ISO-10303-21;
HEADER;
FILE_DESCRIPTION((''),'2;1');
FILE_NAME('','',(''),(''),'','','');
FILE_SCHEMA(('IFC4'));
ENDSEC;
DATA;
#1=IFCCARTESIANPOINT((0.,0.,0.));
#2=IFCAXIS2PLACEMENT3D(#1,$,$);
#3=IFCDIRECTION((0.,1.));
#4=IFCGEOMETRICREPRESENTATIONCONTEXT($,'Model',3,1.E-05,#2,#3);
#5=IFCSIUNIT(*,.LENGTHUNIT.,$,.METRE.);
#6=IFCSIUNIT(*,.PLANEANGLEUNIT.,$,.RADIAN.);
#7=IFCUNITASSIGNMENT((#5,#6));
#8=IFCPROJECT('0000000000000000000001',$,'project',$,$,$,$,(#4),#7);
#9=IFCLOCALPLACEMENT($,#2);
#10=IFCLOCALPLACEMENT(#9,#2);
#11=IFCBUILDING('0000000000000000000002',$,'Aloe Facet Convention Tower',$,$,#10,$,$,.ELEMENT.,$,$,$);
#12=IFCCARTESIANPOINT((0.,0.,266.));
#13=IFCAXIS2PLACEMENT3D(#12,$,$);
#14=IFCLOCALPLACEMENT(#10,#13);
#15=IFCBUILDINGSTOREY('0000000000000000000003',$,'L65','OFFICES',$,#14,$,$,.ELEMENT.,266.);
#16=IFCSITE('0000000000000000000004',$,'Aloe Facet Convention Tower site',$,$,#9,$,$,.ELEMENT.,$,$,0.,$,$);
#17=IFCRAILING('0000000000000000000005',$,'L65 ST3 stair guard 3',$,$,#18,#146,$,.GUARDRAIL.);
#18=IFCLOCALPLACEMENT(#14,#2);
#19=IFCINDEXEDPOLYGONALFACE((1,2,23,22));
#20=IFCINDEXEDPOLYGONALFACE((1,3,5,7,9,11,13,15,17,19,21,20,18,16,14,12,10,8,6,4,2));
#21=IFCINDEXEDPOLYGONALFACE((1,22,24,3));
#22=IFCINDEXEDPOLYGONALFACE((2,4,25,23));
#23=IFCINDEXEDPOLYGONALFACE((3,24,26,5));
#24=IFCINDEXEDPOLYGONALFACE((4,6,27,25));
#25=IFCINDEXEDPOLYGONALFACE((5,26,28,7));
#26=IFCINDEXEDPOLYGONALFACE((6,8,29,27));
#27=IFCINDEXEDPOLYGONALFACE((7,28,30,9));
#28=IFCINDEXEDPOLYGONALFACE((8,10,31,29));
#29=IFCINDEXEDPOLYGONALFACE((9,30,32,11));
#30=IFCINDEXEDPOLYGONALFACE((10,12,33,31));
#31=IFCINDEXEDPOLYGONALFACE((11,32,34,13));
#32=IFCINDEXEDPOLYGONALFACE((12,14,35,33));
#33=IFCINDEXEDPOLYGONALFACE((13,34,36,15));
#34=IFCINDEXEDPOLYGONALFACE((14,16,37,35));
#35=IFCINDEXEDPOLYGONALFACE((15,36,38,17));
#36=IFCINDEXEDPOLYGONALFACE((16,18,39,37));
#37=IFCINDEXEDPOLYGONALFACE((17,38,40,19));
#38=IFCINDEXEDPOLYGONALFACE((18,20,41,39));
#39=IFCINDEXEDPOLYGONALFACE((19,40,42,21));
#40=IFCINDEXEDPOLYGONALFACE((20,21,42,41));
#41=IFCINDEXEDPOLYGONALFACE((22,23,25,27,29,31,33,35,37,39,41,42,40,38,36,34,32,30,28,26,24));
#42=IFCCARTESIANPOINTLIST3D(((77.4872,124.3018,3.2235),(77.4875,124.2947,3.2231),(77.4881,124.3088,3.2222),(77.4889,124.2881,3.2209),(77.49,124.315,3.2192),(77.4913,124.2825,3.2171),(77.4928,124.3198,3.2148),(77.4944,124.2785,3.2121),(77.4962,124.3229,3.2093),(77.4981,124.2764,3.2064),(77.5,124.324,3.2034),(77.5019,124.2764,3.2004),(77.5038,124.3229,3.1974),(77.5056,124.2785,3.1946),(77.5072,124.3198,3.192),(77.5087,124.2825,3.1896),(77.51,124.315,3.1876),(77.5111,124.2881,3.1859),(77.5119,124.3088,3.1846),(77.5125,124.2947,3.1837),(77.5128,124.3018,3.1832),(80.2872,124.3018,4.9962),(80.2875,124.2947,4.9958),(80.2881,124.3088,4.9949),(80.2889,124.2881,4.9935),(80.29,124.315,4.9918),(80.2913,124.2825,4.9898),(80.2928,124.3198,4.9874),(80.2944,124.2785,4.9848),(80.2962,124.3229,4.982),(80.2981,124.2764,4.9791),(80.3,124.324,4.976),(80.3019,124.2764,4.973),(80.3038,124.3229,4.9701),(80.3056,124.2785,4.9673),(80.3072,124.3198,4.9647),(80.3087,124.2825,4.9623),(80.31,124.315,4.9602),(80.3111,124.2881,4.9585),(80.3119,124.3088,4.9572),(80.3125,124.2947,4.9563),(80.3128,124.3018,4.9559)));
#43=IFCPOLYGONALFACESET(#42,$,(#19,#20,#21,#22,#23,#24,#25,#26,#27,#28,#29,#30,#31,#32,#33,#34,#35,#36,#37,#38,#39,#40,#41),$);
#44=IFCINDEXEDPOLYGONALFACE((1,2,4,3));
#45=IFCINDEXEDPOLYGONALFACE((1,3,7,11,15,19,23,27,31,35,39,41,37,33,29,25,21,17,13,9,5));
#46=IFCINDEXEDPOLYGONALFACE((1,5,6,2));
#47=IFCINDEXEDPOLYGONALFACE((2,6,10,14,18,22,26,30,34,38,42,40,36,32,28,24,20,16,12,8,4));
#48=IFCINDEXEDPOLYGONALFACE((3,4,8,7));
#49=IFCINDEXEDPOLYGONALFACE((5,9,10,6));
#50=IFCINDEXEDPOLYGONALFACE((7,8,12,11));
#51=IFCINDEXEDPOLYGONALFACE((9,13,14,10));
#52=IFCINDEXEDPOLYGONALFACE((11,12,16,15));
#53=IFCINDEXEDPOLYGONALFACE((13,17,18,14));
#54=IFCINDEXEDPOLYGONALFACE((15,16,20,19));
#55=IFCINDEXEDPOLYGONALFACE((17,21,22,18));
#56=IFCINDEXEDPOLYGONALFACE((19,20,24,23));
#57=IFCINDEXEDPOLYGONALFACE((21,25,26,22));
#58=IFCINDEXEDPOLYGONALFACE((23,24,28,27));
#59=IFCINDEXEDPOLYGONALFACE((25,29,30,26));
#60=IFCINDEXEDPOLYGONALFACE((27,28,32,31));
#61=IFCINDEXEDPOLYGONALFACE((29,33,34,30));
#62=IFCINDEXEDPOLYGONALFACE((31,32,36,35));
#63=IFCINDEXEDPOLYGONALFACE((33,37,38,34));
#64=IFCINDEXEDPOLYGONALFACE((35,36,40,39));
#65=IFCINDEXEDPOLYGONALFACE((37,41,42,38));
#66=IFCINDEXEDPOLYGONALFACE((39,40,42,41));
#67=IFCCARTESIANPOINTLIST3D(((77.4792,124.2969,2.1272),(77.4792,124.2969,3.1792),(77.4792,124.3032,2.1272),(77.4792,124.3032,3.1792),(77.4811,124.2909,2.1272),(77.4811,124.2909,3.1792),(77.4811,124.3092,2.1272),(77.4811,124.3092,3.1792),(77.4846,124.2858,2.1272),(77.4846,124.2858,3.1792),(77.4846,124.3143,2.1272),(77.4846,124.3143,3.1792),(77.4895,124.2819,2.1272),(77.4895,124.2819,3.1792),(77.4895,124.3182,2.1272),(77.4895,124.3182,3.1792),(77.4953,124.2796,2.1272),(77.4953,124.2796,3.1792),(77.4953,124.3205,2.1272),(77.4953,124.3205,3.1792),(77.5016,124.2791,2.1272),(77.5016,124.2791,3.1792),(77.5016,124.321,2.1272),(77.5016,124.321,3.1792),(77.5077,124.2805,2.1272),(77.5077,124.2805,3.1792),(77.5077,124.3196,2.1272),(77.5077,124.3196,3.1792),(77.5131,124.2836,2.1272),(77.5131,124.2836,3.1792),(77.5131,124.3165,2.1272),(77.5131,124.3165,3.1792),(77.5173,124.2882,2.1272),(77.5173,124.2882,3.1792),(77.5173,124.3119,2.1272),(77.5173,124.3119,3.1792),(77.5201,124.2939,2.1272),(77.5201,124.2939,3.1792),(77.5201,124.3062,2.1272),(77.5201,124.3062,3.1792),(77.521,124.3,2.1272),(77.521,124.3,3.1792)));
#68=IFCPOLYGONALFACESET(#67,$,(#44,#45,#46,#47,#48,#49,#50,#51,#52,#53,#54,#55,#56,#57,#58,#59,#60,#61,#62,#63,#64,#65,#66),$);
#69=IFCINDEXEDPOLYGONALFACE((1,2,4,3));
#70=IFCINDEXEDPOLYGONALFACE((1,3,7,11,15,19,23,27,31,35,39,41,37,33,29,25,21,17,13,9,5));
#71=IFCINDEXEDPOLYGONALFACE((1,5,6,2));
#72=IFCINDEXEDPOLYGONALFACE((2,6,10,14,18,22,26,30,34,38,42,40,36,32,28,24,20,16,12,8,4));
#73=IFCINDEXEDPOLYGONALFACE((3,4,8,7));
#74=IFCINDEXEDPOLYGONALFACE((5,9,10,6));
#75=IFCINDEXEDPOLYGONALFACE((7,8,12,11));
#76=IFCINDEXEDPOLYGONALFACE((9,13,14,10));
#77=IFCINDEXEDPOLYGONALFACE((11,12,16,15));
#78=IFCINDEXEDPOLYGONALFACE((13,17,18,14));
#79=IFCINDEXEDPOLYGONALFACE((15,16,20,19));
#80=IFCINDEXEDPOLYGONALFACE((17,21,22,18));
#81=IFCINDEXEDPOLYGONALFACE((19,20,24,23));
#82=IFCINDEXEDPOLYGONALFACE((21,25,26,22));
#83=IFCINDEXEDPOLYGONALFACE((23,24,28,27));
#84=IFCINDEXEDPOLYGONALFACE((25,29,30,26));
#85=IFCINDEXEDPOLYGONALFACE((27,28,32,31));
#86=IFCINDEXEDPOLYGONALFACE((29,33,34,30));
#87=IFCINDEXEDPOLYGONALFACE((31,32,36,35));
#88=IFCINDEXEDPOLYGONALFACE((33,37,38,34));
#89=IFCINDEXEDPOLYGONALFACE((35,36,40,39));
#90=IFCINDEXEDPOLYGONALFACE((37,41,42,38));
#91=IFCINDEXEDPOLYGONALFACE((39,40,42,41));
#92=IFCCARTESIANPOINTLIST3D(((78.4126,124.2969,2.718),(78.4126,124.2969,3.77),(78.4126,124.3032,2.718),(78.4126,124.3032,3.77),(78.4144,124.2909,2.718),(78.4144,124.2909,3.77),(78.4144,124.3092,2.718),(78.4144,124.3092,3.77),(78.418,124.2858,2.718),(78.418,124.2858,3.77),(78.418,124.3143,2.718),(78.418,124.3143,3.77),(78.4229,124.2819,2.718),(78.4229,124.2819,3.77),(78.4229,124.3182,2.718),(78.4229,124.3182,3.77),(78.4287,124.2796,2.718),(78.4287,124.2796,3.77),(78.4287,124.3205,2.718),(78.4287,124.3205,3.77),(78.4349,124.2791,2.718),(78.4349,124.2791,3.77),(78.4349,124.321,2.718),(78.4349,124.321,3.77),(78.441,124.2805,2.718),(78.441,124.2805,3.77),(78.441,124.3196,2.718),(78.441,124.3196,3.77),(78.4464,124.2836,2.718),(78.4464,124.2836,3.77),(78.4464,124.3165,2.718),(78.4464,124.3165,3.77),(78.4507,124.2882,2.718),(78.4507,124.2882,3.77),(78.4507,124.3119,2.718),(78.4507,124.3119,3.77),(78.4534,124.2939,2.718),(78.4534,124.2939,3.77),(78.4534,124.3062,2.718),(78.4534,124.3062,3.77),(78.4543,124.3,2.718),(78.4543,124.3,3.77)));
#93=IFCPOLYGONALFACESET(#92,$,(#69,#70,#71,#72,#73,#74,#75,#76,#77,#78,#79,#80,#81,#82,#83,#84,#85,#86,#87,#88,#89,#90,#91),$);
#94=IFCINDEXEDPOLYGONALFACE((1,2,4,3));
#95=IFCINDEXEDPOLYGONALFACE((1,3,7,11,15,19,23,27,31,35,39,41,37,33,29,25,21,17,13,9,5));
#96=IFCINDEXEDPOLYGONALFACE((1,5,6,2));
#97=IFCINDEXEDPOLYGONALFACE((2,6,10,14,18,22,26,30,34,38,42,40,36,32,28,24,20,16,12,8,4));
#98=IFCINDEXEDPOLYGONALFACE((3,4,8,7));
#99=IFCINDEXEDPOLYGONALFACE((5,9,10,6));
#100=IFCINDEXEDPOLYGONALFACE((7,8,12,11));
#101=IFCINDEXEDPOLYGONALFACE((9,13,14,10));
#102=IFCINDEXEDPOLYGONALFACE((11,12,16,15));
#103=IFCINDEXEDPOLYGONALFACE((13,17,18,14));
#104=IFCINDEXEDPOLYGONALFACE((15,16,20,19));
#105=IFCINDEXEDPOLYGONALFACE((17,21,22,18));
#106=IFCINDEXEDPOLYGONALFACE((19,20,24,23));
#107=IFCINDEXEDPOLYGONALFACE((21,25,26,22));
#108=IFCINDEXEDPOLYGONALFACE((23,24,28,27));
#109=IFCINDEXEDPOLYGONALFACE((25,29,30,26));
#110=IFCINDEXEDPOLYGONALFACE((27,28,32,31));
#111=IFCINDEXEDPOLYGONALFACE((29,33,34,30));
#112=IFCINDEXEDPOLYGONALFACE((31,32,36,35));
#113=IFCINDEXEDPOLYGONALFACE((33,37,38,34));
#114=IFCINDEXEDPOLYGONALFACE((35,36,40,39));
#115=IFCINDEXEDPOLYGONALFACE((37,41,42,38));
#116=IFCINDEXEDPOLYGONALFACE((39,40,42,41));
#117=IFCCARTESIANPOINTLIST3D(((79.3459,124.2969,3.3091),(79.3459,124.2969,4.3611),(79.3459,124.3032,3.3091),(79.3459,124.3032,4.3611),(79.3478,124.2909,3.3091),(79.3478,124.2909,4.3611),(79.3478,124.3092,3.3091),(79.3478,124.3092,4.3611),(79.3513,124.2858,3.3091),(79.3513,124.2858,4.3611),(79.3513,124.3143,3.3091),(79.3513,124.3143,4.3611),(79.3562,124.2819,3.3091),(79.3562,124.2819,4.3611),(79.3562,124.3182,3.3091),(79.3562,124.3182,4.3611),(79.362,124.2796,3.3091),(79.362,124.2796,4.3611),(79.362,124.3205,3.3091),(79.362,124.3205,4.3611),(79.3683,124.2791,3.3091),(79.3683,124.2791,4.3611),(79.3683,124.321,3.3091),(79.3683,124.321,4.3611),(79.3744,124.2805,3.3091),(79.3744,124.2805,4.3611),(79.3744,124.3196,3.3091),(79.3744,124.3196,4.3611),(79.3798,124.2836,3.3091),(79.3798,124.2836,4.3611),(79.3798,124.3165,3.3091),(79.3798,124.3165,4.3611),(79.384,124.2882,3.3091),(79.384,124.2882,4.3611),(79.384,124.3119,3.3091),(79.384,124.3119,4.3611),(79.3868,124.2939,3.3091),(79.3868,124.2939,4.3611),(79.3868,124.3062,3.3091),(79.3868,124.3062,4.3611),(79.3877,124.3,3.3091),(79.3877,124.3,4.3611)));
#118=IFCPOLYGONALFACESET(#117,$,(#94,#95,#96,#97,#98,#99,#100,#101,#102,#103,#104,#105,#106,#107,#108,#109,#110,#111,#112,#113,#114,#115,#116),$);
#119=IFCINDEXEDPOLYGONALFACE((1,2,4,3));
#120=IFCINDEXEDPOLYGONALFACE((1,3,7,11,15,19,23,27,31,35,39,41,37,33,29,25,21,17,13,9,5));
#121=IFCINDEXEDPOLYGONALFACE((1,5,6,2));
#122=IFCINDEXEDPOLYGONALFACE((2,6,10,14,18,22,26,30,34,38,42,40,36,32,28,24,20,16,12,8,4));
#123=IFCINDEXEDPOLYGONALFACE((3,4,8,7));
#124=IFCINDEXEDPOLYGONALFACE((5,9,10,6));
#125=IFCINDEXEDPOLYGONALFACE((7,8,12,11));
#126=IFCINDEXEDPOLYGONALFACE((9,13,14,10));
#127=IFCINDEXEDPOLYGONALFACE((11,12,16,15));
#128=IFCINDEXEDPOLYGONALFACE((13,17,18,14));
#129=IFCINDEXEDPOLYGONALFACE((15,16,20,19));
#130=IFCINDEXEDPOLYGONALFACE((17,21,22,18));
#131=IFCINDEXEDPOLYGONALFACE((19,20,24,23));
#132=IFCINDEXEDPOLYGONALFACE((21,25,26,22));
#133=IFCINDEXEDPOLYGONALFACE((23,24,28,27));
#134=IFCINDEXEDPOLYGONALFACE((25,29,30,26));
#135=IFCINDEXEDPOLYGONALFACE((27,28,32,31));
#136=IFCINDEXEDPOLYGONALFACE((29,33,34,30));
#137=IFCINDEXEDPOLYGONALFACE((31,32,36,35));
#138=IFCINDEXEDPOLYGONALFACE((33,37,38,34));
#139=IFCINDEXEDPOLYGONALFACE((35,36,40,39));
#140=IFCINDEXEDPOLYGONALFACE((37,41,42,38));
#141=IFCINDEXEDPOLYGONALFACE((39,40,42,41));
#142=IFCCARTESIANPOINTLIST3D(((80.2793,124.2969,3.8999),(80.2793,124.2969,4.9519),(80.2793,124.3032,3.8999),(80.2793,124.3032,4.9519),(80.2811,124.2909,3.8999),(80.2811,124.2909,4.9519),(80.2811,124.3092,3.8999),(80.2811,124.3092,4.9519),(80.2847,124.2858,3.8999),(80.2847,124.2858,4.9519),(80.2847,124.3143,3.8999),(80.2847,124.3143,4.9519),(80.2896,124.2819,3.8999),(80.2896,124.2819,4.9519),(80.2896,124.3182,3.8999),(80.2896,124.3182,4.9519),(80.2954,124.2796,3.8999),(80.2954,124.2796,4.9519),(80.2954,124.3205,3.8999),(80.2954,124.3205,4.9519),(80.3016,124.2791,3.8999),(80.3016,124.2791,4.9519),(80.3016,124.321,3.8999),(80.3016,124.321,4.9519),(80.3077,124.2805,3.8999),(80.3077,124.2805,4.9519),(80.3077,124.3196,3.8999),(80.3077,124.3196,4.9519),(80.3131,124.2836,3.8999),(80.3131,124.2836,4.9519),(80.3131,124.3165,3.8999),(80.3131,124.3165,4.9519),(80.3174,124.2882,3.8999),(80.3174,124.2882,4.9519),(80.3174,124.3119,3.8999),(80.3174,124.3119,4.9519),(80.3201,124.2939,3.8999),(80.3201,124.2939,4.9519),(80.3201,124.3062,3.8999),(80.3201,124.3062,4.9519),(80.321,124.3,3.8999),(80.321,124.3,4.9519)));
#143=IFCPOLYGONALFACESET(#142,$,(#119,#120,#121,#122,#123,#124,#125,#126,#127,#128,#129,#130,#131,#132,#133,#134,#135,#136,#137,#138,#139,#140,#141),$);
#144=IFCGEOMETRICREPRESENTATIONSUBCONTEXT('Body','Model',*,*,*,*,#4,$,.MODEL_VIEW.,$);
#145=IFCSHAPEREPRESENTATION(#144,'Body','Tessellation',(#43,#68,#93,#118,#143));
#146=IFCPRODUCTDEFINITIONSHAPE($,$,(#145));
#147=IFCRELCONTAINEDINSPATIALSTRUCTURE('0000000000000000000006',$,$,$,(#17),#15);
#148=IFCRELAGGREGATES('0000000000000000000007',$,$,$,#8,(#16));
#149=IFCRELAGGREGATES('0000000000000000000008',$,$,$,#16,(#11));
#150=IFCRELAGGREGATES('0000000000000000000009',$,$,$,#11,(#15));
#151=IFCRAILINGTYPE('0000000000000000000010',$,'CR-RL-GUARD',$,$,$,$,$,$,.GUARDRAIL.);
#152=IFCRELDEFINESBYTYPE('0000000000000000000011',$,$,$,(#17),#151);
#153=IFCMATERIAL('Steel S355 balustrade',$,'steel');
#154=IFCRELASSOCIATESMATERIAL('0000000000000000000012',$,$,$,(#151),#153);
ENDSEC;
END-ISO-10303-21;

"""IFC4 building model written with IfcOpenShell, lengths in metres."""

from ifc_helpers import new_model, si_unit, direction, frame, origin, origin_2d, place, context, subcontext, project, spatial, circle, extrude, material, type_object, element, save


model = new_model("IFC4")

# Units and contexts
model_context = context("Model", 3, precision=1e-05, world=origin(), true_north=direction((0.0, 1.0)))
body_context = subcontext(model_context, "Body", "Model", "MODEL_VIEW")
ifc_project = project(units=[si_unit("LENGTHUNIT", "METRE"), si_unit("PLANEANGLEUNIT", "RADIAN")], contexts=[model_context])

# Site, building, storey
site_placement = place(None, origin())
site = spatial("IfcSite", under=ifc_project, at=site_placement, Name="Aloe Facet Convention Tower site", CompositionType="ELEMENT", RefElevation=0.0)
building_placement = place(site_placement, origin())
building = spatial("IfcBuilding", under=site, at=building_placement, Name="Aloe Facet Convention Tower", CompositionType="ELEMENT")
storey_placement = place(building_placement, frame((0.0, 0.0, 266.0)))
storey = spatial("IfcBuildingStorey", under=building, at=storey_placement, Name="L65", Description="OFFICES", CompositionType="ELEMENT", Elevation=266.0)

# Railing
ifc_material_1 = material(Name="Steel S355 balustrade", Category="steel")
railing_type_1 = type_object("IfcRailingType", Name="CR-RL-GUARD", PredefinedType="GUARDRAIL", material=ifc_material_1)
railing_1_placement = place(storey_placement, frame((77.5, 124.3, 2.1272)))
element("IfcRailing", 1, at=railing_1_placement, inside=storey, type_object=railing_type_1, Name="L65 ST3 stair guard 3", PredefinedType="GUARDRAIL", context=body_context, shape_type="SweptSolid", body=[
    extrude(circle(Radius=0.0239, at=origin_2d()), frame((0.0, 0.0, 1.0762), z_axis=(0.844909, 0.0, 0.53491), x_axis=(0.0, 1.0, 0.0)), (0.0, 0.0, 1.0), 3.314),
    extrude(circle(Radius=0.021, at=origin_2d()), origin(), (0.0, 0.0, 1.0), 1.052),
    extrude(circle(Radius=0.021, at=origin_2d()), frame((0.9333, 0.0, 0.5908)), (0.0, 0.0, 1.0), 1.052),
    extrude(circle(Radius=0.021, at=origin_2d()), frame((1.8667, 0.0, 1.1819)), (0.0, 0.0, 1.0), 1.052),
    extrude(circle(Radius=0.021, at=origin_2d()), frame((2.8, 0.0, 1.7727)), (0.0, 0.0, 1.0), 1.052),
])

save(model, "model.ifc")
